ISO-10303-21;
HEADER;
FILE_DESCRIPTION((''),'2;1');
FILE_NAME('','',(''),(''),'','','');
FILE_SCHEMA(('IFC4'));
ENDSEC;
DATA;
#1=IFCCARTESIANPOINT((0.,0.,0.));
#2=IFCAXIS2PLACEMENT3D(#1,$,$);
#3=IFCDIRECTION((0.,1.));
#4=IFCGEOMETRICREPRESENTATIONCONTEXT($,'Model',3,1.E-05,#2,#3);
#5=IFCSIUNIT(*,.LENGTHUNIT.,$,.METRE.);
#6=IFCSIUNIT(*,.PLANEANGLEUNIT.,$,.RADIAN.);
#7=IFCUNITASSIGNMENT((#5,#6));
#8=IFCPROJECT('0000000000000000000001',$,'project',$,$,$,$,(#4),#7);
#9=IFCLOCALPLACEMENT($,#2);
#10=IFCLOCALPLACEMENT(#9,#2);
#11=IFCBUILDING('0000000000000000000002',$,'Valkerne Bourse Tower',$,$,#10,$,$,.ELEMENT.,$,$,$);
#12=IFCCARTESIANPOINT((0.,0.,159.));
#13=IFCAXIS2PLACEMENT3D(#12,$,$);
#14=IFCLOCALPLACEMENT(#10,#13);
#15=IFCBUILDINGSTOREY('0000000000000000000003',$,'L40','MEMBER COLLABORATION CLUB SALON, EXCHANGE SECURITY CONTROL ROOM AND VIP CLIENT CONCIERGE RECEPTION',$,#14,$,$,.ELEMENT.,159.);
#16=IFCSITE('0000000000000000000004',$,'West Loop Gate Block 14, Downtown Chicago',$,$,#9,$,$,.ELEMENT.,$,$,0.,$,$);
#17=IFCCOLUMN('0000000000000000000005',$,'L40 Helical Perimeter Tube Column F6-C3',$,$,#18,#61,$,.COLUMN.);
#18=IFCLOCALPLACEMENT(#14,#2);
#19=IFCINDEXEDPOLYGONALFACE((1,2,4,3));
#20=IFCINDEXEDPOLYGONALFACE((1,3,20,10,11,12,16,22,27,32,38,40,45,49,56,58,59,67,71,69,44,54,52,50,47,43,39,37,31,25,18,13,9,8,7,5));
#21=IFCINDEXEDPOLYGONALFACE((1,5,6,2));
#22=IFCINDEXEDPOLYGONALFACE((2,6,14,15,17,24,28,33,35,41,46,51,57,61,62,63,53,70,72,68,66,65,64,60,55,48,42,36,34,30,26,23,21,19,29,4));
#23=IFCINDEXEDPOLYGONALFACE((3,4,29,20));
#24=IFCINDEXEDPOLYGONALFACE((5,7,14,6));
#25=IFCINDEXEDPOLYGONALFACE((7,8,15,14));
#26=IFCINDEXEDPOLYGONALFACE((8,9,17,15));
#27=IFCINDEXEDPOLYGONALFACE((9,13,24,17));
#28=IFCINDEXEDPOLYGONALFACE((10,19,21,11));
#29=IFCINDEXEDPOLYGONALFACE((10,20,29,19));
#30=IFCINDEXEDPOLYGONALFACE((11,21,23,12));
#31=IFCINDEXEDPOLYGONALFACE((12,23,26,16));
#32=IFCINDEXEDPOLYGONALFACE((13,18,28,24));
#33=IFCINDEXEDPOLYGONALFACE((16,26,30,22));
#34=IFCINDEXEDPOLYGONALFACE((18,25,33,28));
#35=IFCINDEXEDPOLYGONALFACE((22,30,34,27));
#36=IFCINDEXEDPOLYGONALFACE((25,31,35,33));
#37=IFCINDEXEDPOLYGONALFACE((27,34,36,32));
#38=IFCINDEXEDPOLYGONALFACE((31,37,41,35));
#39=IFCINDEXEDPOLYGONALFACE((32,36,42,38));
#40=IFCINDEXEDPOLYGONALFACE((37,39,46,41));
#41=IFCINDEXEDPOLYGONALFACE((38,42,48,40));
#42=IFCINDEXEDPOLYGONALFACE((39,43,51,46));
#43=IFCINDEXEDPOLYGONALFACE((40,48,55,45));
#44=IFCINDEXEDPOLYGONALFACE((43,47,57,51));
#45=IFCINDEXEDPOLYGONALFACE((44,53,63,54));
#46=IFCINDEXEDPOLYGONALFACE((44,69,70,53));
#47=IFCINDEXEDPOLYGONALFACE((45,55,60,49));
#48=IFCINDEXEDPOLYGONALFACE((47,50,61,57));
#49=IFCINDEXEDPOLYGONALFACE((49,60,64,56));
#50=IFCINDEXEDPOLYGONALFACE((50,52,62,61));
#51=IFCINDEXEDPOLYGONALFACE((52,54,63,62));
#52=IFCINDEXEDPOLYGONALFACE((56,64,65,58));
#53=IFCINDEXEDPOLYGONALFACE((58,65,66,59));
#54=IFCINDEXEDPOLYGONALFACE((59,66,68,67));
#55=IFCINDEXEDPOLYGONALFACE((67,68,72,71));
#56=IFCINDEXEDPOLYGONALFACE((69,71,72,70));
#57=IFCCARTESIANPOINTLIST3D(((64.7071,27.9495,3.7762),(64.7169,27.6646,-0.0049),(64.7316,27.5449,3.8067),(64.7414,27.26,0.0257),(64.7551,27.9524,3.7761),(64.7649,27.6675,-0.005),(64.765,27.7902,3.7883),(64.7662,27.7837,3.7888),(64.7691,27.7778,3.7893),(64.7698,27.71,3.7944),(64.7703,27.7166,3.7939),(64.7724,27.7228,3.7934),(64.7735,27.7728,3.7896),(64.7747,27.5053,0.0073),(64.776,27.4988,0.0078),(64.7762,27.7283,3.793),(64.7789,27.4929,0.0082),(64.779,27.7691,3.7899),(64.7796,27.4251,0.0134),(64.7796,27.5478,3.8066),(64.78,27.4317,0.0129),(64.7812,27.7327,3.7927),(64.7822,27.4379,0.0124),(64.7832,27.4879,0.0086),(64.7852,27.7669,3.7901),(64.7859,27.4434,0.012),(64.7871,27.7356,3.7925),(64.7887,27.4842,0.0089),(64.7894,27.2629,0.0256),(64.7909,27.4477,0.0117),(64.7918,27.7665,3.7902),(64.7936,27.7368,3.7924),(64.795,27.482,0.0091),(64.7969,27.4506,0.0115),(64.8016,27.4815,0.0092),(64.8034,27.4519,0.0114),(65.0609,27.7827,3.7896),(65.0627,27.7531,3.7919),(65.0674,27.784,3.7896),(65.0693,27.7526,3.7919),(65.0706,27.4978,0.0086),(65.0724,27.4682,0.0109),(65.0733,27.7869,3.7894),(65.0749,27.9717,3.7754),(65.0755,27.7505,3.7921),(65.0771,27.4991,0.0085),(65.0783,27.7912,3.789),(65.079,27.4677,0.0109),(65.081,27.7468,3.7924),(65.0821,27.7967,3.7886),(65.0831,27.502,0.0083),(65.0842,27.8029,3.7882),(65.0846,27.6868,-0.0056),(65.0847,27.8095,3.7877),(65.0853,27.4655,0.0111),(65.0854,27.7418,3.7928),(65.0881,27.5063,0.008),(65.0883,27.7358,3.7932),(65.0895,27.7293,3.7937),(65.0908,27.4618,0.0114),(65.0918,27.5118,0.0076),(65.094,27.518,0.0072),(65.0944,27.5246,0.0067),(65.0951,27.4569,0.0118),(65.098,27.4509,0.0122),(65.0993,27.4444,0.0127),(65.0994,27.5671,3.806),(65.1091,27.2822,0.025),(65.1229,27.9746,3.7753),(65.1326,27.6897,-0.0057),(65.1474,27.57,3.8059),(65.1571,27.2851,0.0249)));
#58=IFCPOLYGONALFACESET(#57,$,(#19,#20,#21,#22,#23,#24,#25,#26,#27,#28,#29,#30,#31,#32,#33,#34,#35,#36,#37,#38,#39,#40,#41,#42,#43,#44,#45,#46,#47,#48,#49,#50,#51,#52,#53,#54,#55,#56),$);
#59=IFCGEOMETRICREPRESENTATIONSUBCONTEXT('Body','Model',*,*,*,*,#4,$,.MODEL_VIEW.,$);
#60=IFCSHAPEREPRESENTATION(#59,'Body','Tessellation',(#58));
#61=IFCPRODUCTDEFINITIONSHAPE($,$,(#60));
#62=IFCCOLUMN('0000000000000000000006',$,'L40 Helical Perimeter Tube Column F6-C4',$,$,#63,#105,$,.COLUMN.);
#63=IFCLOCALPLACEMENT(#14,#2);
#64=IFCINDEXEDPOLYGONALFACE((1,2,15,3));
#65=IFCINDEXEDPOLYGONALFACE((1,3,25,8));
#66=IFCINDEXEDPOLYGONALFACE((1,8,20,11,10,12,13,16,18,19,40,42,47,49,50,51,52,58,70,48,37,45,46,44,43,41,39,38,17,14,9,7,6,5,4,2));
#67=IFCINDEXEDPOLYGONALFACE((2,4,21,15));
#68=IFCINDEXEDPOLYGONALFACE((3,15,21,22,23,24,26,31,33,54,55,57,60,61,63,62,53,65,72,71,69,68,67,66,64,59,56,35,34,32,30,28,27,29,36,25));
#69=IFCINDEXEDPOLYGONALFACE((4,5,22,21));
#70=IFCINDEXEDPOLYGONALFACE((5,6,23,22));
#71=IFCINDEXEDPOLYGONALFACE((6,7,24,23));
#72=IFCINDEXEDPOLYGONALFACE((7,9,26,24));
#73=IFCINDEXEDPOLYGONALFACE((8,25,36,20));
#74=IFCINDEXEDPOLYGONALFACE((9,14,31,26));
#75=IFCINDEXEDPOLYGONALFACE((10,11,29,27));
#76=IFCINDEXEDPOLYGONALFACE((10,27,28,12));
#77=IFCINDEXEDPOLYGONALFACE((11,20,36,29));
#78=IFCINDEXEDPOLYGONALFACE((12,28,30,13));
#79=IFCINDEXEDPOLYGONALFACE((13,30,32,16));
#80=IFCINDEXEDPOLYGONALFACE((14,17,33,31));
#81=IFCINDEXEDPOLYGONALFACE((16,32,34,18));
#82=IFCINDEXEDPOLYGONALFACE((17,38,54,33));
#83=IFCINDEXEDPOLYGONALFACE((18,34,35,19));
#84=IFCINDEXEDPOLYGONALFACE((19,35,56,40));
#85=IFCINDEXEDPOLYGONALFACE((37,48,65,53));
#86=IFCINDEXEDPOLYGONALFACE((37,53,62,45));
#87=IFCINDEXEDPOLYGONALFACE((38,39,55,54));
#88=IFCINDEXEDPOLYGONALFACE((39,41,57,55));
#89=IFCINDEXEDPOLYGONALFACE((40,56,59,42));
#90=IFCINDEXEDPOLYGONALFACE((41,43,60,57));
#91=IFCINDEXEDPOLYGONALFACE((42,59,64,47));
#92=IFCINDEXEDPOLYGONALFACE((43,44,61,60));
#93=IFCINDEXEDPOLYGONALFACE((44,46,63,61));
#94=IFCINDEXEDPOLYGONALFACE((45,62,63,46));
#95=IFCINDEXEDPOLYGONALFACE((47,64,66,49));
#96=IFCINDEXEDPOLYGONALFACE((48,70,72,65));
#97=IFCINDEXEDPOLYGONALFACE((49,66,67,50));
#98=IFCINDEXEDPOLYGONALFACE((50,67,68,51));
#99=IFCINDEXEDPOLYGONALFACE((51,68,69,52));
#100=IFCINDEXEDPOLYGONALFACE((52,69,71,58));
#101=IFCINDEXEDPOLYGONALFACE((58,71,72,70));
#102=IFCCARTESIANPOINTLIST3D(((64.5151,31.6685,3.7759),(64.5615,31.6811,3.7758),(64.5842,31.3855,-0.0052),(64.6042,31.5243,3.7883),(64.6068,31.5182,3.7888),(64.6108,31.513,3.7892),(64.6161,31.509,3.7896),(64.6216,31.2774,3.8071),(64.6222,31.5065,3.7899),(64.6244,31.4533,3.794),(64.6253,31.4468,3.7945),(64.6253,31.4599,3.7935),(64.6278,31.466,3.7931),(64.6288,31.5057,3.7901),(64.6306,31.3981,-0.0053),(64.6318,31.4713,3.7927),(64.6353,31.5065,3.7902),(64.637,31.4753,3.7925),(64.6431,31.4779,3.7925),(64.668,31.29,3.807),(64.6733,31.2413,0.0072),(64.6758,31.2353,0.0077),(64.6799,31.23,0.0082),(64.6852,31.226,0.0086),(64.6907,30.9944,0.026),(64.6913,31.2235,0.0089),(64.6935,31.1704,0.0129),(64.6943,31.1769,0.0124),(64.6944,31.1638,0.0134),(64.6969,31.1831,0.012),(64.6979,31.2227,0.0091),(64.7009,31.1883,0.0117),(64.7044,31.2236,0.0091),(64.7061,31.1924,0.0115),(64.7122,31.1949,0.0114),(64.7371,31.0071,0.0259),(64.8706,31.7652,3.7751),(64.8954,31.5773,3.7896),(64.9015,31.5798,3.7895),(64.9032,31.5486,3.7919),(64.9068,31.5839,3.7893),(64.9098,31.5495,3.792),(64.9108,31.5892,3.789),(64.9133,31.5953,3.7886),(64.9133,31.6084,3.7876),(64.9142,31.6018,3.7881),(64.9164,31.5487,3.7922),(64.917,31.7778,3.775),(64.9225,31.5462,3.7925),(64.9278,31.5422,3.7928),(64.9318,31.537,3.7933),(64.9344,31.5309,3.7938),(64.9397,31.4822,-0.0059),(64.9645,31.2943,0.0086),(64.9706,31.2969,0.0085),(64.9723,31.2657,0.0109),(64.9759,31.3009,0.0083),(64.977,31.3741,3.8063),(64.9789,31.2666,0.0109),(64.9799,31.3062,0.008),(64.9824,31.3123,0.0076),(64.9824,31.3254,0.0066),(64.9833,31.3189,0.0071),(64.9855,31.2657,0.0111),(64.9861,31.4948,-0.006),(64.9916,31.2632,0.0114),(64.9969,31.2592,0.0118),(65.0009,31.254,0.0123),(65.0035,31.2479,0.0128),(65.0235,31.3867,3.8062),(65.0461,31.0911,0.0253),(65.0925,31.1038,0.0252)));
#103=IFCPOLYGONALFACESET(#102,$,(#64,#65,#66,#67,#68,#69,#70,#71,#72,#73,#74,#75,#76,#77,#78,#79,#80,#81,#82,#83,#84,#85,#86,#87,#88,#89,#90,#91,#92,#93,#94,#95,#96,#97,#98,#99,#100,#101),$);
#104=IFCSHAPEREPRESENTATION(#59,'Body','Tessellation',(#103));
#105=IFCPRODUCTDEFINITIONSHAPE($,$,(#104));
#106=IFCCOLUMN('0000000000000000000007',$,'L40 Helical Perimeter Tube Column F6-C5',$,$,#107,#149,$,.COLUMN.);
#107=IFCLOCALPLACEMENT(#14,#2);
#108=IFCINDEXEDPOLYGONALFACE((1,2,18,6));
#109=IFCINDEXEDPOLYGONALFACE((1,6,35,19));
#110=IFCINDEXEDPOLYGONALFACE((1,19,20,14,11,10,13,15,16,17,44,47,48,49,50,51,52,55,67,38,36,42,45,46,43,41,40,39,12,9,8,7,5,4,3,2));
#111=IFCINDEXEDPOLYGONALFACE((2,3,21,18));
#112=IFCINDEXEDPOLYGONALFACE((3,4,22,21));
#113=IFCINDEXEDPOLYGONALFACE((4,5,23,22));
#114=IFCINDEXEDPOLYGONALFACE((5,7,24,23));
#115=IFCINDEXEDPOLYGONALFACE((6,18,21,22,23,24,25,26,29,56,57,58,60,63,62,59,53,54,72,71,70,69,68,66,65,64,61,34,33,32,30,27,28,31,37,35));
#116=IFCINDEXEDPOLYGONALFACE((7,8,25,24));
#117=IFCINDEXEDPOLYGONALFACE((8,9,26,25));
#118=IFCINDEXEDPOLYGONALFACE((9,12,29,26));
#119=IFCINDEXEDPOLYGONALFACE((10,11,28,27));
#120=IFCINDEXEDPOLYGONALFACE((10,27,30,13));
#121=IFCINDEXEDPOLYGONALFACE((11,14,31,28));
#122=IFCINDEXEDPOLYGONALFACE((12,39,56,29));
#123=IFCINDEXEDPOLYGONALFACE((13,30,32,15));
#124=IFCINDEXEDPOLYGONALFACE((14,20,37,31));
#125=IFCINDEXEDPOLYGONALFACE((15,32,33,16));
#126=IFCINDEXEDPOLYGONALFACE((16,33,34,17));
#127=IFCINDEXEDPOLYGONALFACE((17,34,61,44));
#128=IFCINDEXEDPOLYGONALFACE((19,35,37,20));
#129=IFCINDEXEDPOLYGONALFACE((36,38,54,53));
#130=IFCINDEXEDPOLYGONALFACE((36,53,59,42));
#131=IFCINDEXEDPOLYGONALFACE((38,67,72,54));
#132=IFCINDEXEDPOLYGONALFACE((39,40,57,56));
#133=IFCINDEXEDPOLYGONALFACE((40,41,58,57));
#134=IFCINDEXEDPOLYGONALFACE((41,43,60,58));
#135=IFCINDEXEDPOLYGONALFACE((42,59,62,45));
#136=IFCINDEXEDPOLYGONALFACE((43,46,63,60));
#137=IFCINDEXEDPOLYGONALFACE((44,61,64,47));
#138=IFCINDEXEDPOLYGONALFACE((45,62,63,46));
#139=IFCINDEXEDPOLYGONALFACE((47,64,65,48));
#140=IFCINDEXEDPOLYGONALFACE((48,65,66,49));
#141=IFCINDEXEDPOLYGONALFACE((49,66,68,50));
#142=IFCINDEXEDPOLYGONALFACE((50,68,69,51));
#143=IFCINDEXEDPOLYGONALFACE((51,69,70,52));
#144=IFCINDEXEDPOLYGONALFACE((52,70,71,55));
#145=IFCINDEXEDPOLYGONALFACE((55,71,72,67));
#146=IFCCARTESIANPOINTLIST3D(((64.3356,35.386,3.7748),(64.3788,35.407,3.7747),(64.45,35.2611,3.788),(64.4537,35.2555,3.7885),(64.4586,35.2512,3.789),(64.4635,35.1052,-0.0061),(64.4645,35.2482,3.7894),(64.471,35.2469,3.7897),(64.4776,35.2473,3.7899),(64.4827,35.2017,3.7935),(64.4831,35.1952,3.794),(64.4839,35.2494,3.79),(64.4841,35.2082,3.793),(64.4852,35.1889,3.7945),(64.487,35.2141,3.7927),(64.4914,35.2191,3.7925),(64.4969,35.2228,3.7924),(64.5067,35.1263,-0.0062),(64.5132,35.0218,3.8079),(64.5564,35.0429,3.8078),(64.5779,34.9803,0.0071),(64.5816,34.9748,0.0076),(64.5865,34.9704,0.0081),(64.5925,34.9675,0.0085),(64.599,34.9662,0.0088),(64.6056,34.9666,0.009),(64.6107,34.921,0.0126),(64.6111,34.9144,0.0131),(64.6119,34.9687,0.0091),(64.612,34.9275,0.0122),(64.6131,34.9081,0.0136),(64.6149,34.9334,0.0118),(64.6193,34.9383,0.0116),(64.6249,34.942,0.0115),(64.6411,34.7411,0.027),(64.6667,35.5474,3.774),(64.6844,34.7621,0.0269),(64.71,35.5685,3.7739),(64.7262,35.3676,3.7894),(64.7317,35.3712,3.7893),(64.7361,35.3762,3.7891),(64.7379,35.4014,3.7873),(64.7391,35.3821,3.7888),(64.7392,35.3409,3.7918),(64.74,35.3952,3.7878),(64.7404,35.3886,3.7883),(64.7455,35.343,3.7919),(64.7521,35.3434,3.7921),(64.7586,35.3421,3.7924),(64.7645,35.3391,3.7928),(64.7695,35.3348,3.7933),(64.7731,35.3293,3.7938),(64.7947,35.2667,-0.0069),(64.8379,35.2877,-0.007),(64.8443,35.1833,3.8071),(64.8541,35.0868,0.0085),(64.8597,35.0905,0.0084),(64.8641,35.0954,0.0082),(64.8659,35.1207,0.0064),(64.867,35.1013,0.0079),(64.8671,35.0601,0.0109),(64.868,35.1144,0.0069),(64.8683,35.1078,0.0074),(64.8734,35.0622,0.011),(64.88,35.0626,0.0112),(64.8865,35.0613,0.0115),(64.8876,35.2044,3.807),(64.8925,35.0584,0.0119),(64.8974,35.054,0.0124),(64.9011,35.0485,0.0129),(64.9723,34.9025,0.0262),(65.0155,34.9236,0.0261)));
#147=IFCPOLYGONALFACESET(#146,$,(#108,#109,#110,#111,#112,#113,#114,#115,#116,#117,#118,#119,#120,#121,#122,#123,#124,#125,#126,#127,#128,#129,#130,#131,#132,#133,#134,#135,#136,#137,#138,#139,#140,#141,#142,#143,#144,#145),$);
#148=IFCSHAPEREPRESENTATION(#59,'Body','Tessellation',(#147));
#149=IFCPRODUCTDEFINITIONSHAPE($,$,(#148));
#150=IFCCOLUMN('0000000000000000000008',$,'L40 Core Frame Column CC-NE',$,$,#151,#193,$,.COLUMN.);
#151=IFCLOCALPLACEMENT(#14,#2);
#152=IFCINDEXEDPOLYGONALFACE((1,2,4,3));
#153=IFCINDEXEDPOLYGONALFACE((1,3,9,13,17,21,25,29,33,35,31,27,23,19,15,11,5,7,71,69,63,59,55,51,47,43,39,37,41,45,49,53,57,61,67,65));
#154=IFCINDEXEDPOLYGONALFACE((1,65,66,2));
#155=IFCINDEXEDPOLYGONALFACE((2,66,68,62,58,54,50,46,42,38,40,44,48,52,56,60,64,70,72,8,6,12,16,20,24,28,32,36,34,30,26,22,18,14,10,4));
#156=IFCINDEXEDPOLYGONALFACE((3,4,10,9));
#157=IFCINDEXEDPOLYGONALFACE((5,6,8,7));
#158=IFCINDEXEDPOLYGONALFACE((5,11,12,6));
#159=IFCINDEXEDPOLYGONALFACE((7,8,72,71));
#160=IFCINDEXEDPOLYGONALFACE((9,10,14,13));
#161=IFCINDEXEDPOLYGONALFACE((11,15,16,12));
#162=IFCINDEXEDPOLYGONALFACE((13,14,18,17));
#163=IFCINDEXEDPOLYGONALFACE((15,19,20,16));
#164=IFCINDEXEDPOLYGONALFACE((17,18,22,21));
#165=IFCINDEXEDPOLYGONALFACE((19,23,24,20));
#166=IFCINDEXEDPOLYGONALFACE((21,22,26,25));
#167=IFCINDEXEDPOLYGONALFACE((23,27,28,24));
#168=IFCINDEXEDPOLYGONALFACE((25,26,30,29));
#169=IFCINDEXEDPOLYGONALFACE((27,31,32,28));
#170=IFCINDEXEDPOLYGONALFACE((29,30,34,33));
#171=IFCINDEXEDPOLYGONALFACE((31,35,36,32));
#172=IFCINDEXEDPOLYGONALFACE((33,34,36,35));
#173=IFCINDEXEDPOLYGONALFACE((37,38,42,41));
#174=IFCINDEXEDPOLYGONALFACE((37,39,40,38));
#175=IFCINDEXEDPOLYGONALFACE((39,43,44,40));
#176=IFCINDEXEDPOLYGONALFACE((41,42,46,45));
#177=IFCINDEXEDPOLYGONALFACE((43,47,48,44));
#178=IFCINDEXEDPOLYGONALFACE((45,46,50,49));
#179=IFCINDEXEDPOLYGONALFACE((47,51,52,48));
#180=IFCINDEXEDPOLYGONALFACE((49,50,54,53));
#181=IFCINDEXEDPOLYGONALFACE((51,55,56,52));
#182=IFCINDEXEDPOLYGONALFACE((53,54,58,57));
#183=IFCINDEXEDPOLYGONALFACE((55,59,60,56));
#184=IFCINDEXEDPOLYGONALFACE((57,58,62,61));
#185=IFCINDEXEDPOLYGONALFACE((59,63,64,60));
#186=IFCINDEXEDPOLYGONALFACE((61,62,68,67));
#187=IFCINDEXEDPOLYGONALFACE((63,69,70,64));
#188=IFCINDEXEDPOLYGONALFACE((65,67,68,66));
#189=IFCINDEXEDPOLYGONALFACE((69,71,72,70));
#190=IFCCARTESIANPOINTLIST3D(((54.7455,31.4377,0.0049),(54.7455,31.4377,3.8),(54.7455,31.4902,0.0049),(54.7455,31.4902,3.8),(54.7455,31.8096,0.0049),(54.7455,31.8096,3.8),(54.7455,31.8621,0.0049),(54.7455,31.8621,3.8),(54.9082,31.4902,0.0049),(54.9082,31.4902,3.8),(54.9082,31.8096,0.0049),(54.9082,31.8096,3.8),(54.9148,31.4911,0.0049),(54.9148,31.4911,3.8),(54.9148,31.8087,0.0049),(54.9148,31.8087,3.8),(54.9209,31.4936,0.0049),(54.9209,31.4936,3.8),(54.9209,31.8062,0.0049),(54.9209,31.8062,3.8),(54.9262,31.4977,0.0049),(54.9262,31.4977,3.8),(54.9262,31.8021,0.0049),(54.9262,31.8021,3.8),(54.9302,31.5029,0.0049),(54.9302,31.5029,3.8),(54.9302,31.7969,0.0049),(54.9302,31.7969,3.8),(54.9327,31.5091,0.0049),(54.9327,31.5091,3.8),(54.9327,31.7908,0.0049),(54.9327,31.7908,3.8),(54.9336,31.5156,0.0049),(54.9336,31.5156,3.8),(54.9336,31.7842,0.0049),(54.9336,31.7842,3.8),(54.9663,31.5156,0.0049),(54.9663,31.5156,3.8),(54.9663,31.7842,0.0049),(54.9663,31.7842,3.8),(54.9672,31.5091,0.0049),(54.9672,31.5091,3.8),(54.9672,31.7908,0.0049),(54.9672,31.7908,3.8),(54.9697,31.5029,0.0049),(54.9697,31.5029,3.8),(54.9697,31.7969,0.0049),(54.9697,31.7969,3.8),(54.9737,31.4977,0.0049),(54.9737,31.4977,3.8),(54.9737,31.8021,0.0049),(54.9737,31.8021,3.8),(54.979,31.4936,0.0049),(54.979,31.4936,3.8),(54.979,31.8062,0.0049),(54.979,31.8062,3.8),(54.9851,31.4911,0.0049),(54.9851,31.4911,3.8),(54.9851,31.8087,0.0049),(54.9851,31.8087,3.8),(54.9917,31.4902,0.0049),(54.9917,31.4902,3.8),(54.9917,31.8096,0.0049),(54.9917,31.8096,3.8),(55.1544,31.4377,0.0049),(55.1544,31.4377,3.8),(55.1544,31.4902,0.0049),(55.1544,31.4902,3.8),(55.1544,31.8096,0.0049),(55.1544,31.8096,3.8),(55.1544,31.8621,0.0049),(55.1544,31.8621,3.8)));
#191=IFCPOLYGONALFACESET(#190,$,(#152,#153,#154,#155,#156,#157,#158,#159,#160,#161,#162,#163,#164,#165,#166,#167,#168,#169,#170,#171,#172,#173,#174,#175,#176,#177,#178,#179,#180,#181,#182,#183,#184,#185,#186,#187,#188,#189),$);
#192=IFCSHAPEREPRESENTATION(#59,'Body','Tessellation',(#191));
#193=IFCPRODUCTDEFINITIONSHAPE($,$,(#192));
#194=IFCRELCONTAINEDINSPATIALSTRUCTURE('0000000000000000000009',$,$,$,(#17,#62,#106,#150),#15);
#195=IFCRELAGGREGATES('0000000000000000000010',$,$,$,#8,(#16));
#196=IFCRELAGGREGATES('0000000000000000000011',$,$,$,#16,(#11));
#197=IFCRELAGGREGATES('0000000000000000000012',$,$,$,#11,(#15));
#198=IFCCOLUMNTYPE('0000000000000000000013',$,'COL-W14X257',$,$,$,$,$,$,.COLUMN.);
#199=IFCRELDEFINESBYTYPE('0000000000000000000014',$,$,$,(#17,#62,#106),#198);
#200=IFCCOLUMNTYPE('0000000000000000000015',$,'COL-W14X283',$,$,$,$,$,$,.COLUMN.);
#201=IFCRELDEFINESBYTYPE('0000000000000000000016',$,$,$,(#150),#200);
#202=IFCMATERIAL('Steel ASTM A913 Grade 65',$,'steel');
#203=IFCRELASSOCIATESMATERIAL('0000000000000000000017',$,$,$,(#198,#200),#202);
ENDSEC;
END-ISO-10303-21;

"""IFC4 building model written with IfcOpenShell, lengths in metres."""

from ifc_helpers import new_model, si_unit, direction, frame, origin, origin_2d, place, context, subcontext, project, spatial, i_section, extrude, material, material_profile, profile_set, type_object, element, save


model = new_model("IFC4")

# Units and contexts
model_context = context("Model", 3, precision=1e-05, world=origin(), true_north=direction((0.0, 1.0)))
body_context = subcontext(model_context, "Body", "Model", "MODEL_VIEW")
ifc_project = project(units=[si_unit("LENGTHUNIT", "METRE"), si_unit("PLANEANGLEUNIT", "RADIAN")], contexts=[model_context])

# Site, building, storey
site_placement = place(None, origin())
site = spatial("IfcSite", under=ifc_project, at=site_placement, Name="West Loop Gate Block 14, Downtown Chicago", CompositionType="ELEMENT", RefElevation=0.0)
building_placement = place(site_placement, origin())
building = spatial("IfcBuilding", under=site, at=building_placement, Name="Valkerne Bourse Tower", CompositionType="ELEMENT")
storey_placement = place(building_placement, frame((0.0, 0.0, 159.0)))
storey = spatial("IfcBuildingStorey", under=building, at=storey_placement, Name="L40", Description="MEMBER COLLABORATION CLUB SALON, EXCHANGE SECURITY CONTROL ROOM AND VIP CLIENT CONCIERGE RECEPTION", CompositionType="ELEMENT", Elevation=159.0)

# Columns
ifc_material_1 = material(Name="Steel ASTM A913 Grade 65", Category="steel")
ifc_material_profile_1 = material_profile(ifc_material_1, i_section(OverallWidth=0.4065, OverallDepth=0.4165, WebThickness=0.0298, FlangeThickness=0.0481, FilletRadius=0.0254, at=origin_2d()), Name="W14X257")
ifc_profile_set_1 = profile_set([ifc_material_profile_1], Name="Steel ASTM A913 Grade 65")
column_type_1 = type_object("IfcColumnType", Name="COL-W14X257", PredefinedType="COLUMN", material=ifc_profile_set_1)
column_1_placement = place(storey_placement, frame((64.937, 27.4749, 0.01), z_axis=(-0.002576, 0.07514, 0.99717), x_axis=(0.060309, -0.995346, 0.075159)))
element("IfcColumn", 1, at=column_1_placement, inside=storey, type_object=column_type_1, Name="L40 Helical Perimeter Tube Column F6-C3", PredefinedType="COLUMN", context=body_context, shape_type="SweptSolid", body=[
    extrude(i_section(OverallWidth=0.4065, OverallDepth=0.4165, WebThickness=0.0298, FlangeThickness=0.0481, FilletRadius=0.0254, at=origin_2d()), origin(), (0.0, 0.0, 1.0), 3.7917),
])
column_2_placement = place(storey_placement, frame((64.8384, 31.2446, 0.01), z_axis=(-0.018219, 0.074616, 0.997046), x_axis=(0.261855, -0.962048, 0.076782)))
element("IfcColumn", 2, at=column_2_placement, inside=storey, type_object=column_type_1, Name="L40 Helical Perimeter Tube Column F6-C4", PredefinedType="COLUMN", context=body_context, shape_type="SweptSolid", body=[
    extrude(i_section(OverallWidth=0.4065, OverallDepth=0.4165, WebThickness=0.0298, FlangeThickness=0.0481, FilletRadius=0.0254, at=origin_2d()), origin(), (0.0, 0.0, 1.0), 3.7922),
])
column_3_placement = place(storey_placement, frame((64.7395, 35.0144, 0.01), z_axis=(-0.033723, 0.07401, 0.996687), x_axis=(0.436943, -0.895807, 0.081303)))
element("IfcColumn", 3, at=column_3_placement, inside=storey, type_object=column_type_1, Name="L40 Helical Perimeter Tube Column F6-C5", PredefinedType="COLUMN", context=body_context, shape_type="SweptSolid", body=[
    extrude(i_section(OverallWidth=0.4065, OverallDepth=0.4165, WebThickness=0.0298, FlangeThickness=0.0481, FilletRadius=0.0254, at=origin_2d()), origin(), (0.0, 0.0, 1.0), 3.7935),
])
ifc_material_profile_2 = material_profile(ifc_material_1, i_section(OverallWidth=0.4089, OverallDepth=0.4243, WebThickness=0.0327, FlangeThickness=0.0525, FilletRadius=0.0254, at=origin_2d()), Name="W14X283")
ifc_profile_set_2 = profile_set([ifc_material_profile_2], Name="Steel ASTM A913 Grade 65")
column_type_2 = type_object("IfcColumnType", Name="COL-W14X283", PredefinedType="COLUMN", material=ifc_profile_set_2)
column_4_placement = place(storey_placement, frame((54.95, 31.6499, 0.0049), z_axis=(0.0, 0.0, 1.0), x_axis=(1.0, 0.0, 0.0)))
element("IfcColumn", 4, at=column_4_placement, inside=storey, type_object=column_type_2, Name="L40 Core Frame Column CC-NE", PredefinedType="COLUMN", context=body_context, shape_type="SweptSolid", body=[
    extrude(i_section(OverallWidth=0.4089, OverallDepth=0.4243, WebThickness=0.0327, FlangeThickness=0.0525, FilletRadius=0.0254, at=origin_2d()), origin(), (0.0, 0.0, 1.0), 3.7952),
])

save(model, "model.ifc")
